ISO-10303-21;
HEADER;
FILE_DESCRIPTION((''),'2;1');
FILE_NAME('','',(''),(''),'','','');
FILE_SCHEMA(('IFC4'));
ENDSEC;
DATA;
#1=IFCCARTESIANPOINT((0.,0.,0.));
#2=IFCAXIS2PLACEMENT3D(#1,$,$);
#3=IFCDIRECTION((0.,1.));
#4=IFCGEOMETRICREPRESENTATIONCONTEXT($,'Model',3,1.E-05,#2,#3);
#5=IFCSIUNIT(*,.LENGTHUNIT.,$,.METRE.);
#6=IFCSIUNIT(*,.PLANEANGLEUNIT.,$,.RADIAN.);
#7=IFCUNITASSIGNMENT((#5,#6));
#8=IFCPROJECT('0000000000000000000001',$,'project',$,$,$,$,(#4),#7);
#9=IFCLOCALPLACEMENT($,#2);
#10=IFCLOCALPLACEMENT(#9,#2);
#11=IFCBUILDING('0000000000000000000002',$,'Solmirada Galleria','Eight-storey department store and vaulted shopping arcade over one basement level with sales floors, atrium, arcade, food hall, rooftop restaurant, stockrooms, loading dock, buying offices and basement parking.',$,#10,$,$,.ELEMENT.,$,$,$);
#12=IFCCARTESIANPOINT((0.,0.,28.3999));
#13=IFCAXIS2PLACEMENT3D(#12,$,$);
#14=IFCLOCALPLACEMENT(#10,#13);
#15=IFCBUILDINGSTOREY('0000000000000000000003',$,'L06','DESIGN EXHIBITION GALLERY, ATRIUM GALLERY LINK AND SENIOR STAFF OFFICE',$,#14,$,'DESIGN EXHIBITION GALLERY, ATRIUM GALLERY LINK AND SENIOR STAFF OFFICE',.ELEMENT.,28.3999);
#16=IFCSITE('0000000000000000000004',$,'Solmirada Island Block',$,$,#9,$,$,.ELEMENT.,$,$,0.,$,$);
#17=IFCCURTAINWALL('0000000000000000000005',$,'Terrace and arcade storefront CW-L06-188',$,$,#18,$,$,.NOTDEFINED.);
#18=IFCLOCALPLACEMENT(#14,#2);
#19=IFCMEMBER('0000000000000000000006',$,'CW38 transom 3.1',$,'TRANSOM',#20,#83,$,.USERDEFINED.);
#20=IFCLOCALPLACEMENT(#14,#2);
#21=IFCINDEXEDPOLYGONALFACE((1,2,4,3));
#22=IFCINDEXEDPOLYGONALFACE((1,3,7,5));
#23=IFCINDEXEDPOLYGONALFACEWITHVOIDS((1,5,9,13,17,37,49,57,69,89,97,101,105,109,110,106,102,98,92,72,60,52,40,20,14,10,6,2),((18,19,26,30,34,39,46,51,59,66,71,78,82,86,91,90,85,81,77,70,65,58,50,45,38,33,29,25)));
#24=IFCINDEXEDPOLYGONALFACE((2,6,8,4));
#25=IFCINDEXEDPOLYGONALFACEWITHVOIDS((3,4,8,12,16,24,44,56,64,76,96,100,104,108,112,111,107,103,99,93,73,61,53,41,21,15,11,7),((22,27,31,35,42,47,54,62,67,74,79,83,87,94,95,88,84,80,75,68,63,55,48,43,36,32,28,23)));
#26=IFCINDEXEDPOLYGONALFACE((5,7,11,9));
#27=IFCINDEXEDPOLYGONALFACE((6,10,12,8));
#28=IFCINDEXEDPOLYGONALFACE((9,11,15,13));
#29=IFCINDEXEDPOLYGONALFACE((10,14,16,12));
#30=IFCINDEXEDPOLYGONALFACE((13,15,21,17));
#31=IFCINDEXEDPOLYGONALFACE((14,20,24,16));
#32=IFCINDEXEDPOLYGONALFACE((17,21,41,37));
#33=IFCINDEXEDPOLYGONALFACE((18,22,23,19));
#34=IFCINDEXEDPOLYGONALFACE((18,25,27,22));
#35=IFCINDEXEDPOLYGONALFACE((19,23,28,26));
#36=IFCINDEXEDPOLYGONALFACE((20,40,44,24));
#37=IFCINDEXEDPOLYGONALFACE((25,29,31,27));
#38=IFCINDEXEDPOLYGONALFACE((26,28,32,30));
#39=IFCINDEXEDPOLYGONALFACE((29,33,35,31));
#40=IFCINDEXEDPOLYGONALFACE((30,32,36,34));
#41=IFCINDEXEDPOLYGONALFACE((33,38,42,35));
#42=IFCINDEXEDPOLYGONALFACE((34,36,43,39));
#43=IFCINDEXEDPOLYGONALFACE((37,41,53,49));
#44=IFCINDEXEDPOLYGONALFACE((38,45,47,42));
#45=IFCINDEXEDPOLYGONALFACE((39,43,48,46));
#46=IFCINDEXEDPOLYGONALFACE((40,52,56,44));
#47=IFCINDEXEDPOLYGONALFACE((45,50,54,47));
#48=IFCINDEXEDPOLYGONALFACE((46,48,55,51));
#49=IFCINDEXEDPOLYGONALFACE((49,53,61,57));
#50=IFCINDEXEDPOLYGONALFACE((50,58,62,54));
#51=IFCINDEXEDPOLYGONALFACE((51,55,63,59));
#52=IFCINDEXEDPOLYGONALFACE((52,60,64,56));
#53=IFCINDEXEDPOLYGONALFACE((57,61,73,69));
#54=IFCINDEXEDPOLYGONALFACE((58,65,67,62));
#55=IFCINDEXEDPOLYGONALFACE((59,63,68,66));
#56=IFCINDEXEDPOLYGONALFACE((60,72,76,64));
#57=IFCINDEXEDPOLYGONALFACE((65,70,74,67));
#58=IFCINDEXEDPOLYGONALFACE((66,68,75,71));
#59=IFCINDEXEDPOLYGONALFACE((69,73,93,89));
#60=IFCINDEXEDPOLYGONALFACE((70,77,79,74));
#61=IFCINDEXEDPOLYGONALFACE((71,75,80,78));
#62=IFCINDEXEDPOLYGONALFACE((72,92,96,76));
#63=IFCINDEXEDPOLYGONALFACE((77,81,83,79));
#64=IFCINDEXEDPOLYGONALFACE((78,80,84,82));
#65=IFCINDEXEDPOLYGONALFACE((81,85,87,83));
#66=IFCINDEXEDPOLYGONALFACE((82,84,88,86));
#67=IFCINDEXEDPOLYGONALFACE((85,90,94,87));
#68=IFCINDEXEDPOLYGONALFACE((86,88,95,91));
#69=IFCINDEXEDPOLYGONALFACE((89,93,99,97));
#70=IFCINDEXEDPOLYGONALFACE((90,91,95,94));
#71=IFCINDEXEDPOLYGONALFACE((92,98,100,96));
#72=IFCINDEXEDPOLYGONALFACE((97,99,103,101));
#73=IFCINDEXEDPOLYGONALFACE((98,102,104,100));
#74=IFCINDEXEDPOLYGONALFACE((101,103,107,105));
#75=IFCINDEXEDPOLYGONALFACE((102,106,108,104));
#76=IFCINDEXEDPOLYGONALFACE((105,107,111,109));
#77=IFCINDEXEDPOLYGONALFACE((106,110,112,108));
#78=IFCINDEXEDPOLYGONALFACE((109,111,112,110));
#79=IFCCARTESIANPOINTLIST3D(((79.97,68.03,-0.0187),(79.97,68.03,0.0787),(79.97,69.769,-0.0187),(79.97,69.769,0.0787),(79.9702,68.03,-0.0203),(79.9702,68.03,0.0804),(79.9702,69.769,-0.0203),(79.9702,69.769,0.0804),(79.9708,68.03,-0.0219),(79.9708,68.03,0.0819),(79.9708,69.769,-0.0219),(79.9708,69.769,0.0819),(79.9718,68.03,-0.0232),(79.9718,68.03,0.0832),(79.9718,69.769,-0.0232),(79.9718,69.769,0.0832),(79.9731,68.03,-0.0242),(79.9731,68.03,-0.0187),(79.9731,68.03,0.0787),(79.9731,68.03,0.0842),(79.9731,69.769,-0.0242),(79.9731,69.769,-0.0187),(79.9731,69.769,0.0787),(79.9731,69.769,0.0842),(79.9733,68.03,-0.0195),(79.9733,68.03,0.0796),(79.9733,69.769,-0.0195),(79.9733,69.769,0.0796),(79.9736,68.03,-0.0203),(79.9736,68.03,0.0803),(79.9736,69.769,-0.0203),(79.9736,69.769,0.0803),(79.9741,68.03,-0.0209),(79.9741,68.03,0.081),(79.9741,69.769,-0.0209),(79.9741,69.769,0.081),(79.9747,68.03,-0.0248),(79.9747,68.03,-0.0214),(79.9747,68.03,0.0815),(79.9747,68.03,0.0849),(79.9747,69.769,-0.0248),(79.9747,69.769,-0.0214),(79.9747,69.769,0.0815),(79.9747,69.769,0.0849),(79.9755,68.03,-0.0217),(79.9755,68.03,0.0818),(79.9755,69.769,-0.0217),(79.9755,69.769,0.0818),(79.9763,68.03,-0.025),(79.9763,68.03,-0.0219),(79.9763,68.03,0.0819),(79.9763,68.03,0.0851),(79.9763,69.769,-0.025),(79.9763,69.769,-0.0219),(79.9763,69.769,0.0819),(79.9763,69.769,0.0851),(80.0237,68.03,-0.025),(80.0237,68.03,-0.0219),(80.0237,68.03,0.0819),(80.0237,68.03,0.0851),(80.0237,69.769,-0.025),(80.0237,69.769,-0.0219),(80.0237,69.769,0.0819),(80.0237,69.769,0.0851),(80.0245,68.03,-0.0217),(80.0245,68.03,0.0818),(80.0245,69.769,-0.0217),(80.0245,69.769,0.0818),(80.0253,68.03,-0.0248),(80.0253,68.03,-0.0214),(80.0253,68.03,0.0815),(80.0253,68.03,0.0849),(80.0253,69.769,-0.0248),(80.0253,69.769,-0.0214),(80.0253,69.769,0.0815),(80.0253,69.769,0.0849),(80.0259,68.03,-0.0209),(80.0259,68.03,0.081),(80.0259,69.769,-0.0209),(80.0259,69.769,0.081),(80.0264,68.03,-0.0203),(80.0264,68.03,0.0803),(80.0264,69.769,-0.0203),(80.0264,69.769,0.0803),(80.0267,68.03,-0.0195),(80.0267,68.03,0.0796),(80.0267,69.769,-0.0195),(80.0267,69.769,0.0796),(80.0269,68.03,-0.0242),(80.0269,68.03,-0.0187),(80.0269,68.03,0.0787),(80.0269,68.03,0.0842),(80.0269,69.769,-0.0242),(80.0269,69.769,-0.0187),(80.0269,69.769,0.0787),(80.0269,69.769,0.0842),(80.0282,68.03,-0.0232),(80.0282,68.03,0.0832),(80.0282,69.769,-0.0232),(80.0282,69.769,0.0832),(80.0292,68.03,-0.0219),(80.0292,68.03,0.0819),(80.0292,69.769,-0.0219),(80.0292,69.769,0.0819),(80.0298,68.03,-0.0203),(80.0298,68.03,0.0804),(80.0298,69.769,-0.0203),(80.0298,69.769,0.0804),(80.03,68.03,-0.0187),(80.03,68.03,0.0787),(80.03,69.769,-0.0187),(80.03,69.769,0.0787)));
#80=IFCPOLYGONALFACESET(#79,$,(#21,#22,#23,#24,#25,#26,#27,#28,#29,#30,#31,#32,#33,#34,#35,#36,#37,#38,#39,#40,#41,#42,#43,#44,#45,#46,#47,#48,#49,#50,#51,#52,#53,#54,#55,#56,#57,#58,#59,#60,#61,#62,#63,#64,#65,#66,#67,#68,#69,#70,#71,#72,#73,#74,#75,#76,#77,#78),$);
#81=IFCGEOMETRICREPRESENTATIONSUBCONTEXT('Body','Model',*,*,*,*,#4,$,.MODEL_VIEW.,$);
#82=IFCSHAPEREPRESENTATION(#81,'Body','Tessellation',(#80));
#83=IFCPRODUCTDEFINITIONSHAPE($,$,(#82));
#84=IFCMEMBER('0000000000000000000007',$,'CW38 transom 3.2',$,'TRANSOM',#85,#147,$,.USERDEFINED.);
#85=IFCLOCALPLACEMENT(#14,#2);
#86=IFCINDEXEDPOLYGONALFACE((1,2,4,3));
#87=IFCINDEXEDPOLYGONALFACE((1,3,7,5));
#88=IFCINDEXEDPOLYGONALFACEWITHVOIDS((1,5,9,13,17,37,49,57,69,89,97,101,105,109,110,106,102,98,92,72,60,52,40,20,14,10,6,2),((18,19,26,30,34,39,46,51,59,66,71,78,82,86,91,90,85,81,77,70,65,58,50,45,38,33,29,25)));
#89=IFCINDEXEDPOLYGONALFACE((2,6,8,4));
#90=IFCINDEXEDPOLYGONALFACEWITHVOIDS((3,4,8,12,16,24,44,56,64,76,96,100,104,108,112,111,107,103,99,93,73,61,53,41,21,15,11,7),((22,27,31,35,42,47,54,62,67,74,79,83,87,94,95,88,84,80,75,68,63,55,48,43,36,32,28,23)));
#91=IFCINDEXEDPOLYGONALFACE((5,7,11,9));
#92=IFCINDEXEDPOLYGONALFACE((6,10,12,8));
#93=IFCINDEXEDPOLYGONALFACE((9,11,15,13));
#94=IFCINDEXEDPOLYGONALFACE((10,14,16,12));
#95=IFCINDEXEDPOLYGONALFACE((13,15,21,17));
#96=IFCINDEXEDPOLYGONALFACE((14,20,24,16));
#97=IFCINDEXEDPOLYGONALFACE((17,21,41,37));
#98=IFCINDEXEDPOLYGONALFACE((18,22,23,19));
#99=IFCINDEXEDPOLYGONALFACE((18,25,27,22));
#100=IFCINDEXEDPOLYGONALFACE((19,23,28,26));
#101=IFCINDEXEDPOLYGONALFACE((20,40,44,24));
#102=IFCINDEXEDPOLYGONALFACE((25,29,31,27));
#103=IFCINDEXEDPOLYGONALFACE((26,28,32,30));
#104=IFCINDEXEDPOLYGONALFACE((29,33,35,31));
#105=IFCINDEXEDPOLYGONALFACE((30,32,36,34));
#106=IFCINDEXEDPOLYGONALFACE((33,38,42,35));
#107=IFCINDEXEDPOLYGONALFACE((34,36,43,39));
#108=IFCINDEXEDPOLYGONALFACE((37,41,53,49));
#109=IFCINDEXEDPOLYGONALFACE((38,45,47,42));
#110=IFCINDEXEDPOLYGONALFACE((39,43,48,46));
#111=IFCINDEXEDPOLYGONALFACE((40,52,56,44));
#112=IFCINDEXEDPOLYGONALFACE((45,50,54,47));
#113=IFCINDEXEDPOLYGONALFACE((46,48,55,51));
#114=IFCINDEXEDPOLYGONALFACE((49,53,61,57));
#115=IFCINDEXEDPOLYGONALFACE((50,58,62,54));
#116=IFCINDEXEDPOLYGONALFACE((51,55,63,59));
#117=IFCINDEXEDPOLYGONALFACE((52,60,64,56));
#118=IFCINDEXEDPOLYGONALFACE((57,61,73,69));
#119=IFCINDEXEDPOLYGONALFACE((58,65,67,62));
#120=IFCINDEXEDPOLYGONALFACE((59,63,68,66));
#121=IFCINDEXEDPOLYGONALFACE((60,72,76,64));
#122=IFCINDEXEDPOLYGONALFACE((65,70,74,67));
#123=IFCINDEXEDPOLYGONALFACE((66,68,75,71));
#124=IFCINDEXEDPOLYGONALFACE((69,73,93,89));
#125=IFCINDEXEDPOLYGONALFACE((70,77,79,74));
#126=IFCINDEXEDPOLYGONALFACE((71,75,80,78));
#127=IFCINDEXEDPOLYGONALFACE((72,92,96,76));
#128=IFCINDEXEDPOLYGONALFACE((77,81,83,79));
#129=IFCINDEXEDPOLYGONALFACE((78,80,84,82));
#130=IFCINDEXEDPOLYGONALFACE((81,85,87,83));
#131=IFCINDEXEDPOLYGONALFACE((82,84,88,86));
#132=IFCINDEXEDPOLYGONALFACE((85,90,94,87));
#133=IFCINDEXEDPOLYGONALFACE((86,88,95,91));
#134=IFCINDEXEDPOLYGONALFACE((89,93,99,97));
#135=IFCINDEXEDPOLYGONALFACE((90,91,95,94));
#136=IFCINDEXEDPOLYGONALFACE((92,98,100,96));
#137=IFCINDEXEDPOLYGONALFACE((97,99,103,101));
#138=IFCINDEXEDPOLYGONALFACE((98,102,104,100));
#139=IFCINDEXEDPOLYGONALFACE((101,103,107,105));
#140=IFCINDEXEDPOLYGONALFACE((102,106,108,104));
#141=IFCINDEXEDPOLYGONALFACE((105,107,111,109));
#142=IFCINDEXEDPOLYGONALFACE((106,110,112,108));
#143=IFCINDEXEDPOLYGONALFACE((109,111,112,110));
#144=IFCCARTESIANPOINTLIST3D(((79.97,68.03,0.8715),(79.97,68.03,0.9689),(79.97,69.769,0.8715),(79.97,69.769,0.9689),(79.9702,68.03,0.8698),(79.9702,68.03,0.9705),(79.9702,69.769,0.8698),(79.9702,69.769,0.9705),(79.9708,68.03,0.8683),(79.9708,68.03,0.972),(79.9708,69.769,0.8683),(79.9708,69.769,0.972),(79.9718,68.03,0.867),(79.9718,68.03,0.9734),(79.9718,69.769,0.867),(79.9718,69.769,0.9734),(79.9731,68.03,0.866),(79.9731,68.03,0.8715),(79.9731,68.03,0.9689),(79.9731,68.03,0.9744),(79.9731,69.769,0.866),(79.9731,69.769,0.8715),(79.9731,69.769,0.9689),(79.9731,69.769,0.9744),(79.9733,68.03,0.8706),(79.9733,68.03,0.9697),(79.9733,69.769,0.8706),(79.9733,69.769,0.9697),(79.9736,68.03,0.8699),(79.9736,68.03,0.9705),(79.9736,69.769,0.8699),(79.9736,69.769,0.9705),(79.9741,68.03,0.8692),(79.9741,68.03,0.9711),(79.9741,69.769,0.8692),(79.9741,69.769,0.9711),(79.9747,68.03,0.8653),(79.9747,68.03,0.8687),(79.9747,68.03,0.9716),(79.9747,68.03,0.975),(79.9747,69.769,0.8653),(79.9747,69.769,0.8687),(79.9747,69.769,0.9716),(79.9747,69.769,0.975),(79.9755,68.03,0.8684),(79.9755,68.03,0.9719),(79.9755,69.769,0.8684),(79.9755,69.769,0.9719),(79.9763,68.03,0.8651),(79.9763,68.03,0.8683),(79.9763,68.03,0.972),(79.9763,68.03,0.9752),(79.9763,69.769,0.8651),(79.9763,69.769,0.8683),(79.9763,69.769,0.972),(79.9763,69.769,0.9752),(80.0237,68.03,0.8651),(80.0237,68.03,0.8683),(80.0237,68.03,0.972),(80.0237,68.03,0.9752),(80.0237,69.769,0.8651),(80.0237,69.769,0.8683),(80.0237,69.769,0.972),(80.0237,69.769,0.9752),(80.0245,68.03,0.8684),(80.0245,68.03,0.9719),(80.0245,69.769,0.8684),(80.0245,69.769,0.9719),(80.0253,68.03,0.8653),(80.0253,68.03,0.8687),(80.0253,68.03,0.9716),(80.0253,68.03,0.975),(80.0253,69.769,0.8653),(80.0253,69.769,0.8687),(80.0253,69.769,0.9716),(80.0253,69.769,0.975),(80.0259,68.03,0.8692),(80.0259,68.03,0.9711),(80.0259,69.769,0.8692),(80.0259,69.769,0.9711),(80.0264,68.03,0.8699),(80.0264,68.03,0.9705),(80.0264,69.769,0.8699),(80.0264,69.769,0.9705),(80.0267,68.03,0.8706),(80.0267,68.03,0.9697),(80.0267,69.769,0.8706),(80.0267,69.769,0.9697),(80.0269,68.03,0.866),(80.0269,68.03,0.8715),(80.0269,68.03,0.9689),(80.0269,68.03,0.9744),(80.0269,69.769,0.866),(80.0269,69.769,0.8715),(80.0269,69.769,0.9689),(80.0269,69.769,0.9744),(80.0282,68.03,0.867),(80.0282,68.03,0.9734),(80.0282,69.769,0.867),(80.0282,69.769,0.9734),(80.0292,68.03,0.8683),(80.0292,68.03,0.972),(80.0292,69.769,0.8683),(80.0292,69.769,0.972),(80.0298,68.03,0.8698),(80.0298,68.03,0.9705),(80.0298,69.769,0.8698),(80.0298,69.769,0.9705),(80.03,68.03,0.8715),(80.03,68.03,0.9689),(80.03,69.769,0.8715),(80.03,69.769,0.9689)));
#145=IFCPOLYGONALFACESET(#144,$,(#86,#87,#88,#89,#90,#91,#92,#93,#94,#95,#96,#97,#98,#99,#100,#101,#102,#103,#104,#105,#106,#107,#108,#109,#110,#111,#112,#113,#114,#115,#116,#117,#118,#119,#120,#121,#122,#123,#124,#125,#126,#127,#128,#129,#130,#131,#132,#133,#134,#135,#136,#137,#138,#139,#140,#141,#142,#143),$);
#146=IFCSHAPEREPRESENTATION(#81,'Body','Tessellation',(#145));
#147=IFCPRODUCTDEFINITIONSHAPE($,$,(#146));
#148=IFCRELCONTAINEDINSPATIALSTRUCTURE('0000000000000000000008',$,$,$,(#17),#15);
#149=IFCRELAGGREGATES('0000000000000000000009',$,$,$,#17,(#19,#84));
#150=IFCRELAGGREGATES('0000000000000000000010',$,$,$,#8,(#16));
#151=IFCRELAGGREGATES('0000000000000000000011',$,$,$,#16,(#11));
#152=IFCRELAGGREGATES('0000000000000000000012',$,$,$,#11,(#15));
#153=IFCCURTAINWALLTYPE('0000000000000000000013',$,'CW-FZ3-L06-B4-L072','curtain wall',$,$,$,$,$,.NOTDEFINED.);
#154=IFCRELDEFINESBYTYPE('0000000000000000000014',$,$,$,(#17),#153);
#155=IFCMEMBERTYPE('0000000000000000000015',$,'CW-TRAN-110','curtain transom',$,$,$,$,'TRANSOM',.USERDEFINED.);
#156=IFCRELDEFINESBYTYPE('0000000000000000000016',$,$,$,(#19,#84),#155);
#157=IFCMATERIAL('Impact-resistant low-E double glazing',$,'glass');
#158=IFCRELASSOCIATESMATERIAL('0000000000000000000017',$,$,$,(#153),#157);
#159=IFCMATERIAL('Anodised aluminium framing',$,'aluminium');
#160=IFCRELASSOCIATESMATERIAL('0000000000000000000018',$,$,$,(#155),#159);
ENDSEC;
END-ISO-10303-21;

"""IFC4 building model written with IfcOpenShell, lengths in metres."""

from ifc_helpers import new_model, si_unit, direction, frame, origin, origin_2d, place, context, subcontext, project, spatial, hollow_rectangle, extrude, material, material_profile, profile_set, type_object, element, aggregate, save


model = new_model("IFC4")

# Units and contexts
model_context = context("Model", 3, precision=1e-05, world=origin(), true_north=direction((0.0, 1.0)))
body_context = subcontext(model_context, "Body", "Model", "MODEL_VIEW")
ifc_project = project(units=[si_unit("LENGTHUNIT", "METRE"), si_unit("PLANEANGLEUNIT", "RADIAN")], contexts=[model_context])

# Site, building, storey
site_placement = place(None, origin())
site = spatial("IfcSite", under=ifc_project, at=site_placement, Name="Solmirada Island Block", CompositionType="ELEMENT", RefElevation=0.0)
building_placement = place(site_placement, origin())
building = spatial("IfcBuilding", under=site, at=building_placement, Name="Solmirada Galleria", Description="Eight-storey department store and vaulted shopping arcade over one basement level with sales floors, atrium, arcade, food hall, rooftop restaurant, stockrooms, loading dock, buying offices and basement parking.", CompositionType="ELEMENT")
storey_placement = place(building_placement, frame((0.0, 0.0, 28.3999)))
storey = spatial("IfcBuildingStorey", under=building, at=storey_placement, Name="L06", Description="DESIGN EXHIBITION GALLERY, ATRIUM GALLERY LINK AND SENIOR STAFF OFFICE", LongName="DESIGN EXHIBITION GALLERY, ATRIUM GALLERY LINK AND SENIOR STAFF OFFICE", CompositionType="ELEMENT", Elevation=28.3999)

# Shared definitions
ifc_material_1 = material(Name="Impact-resistant low-E double glazing", Category="glass")
curtain_wall_type = type_object("IfcCurtainWallType", Name="CW-FZ3-L06-B4-L072", Description="curtain wall", PredefinedType="NOTDEFINED", material=ifc_material_1)
ifc_material_2 = material(Name="Anodised aluminium framing", Category="aluminium")

# Curtain wall
curtain_wall_1_placement = place(storey_placement, origin())
curtain_wall_1 = element("IfcCurtainWall", 1, at=curtain_wall_1_placement, inside=storey, type_object=curtain_wall_type, Name="Terrace and arcade storefront CW-L06-188", PredefinedType="NOTDEFINED")

# Members
ifc_material_profile_1 = material_profile(ifc_material_2, hollow_rectangle(XDim=0.0601, YDim=0.1101, WallThickness=0.0032, InnerFilletRadius=0.0032, OuterFilletRadius=0.0063, at=origin_2d()), Name="ALU-TRAN-110X60")
ifc_profile_set_1 = profile_set([ifc_material_profile_1], Name="Anodised aluminium framing")
member_type_1 = type_object("IfcMemberType", Name="CW-TRAN-110", Description="curtain transom", ElementType="TRANSOM", PredefinedType="USERDEFINED", material=ifc_profile_set_1)
member_1_placement = place(storey_placement, frame((80.0, 68.03, 0.03), z_axis=(0.0, 1.0, 0.0), x_axis=(-1.0, 0.0, 0.0)))
member_1 = element("IfcMember", 2, at=member_1_placement, type_object=member_type_1, Name="CW38 transom 3.1", ObjectType="TRANSOM", PredefinedType="USERDEFINED", context=body_context, shape_type="SweptSolid", body=[
    extrude(hollow_rectangle(XDim=0.0601, YDim=0.1101, WallThickness=0.0032, InnerFilletRadius=0.0032, OuterFilletRadius=0.0063, at=origin_2d()), origin(), (0.0, 0.0, 1.0), 1.739),
])
member_2_placement = place(storey_placement, frame((80.0, 68.03, 0.9202), z_axis=(0.0, 1.0, 0.0), x_axis=(-1.0, 0.0, 0.0)))
member_2 = element("IfcMember", 3, at=member_2_placement, type_object=member_type_1, Name="CW38 transom 3.2", ObjectType="TRANSOM", PredefinedType="USERDEFINED", context=body_context, shape_type="SweptSolid", body=[
    extrude(hollow_rectangle(XDim=0.0601, YDim=0.1101, WallThickness=0.0032, InnerFilletRadius=0.0032, OuterFilletRadius=0.0063, at=origin_2d()), origin(), (0.0, 0.0, 1.0), 1.739),
])

aggregate(curtain_wall_1, [member_1, member_2])

save(model, "model.ifc")
